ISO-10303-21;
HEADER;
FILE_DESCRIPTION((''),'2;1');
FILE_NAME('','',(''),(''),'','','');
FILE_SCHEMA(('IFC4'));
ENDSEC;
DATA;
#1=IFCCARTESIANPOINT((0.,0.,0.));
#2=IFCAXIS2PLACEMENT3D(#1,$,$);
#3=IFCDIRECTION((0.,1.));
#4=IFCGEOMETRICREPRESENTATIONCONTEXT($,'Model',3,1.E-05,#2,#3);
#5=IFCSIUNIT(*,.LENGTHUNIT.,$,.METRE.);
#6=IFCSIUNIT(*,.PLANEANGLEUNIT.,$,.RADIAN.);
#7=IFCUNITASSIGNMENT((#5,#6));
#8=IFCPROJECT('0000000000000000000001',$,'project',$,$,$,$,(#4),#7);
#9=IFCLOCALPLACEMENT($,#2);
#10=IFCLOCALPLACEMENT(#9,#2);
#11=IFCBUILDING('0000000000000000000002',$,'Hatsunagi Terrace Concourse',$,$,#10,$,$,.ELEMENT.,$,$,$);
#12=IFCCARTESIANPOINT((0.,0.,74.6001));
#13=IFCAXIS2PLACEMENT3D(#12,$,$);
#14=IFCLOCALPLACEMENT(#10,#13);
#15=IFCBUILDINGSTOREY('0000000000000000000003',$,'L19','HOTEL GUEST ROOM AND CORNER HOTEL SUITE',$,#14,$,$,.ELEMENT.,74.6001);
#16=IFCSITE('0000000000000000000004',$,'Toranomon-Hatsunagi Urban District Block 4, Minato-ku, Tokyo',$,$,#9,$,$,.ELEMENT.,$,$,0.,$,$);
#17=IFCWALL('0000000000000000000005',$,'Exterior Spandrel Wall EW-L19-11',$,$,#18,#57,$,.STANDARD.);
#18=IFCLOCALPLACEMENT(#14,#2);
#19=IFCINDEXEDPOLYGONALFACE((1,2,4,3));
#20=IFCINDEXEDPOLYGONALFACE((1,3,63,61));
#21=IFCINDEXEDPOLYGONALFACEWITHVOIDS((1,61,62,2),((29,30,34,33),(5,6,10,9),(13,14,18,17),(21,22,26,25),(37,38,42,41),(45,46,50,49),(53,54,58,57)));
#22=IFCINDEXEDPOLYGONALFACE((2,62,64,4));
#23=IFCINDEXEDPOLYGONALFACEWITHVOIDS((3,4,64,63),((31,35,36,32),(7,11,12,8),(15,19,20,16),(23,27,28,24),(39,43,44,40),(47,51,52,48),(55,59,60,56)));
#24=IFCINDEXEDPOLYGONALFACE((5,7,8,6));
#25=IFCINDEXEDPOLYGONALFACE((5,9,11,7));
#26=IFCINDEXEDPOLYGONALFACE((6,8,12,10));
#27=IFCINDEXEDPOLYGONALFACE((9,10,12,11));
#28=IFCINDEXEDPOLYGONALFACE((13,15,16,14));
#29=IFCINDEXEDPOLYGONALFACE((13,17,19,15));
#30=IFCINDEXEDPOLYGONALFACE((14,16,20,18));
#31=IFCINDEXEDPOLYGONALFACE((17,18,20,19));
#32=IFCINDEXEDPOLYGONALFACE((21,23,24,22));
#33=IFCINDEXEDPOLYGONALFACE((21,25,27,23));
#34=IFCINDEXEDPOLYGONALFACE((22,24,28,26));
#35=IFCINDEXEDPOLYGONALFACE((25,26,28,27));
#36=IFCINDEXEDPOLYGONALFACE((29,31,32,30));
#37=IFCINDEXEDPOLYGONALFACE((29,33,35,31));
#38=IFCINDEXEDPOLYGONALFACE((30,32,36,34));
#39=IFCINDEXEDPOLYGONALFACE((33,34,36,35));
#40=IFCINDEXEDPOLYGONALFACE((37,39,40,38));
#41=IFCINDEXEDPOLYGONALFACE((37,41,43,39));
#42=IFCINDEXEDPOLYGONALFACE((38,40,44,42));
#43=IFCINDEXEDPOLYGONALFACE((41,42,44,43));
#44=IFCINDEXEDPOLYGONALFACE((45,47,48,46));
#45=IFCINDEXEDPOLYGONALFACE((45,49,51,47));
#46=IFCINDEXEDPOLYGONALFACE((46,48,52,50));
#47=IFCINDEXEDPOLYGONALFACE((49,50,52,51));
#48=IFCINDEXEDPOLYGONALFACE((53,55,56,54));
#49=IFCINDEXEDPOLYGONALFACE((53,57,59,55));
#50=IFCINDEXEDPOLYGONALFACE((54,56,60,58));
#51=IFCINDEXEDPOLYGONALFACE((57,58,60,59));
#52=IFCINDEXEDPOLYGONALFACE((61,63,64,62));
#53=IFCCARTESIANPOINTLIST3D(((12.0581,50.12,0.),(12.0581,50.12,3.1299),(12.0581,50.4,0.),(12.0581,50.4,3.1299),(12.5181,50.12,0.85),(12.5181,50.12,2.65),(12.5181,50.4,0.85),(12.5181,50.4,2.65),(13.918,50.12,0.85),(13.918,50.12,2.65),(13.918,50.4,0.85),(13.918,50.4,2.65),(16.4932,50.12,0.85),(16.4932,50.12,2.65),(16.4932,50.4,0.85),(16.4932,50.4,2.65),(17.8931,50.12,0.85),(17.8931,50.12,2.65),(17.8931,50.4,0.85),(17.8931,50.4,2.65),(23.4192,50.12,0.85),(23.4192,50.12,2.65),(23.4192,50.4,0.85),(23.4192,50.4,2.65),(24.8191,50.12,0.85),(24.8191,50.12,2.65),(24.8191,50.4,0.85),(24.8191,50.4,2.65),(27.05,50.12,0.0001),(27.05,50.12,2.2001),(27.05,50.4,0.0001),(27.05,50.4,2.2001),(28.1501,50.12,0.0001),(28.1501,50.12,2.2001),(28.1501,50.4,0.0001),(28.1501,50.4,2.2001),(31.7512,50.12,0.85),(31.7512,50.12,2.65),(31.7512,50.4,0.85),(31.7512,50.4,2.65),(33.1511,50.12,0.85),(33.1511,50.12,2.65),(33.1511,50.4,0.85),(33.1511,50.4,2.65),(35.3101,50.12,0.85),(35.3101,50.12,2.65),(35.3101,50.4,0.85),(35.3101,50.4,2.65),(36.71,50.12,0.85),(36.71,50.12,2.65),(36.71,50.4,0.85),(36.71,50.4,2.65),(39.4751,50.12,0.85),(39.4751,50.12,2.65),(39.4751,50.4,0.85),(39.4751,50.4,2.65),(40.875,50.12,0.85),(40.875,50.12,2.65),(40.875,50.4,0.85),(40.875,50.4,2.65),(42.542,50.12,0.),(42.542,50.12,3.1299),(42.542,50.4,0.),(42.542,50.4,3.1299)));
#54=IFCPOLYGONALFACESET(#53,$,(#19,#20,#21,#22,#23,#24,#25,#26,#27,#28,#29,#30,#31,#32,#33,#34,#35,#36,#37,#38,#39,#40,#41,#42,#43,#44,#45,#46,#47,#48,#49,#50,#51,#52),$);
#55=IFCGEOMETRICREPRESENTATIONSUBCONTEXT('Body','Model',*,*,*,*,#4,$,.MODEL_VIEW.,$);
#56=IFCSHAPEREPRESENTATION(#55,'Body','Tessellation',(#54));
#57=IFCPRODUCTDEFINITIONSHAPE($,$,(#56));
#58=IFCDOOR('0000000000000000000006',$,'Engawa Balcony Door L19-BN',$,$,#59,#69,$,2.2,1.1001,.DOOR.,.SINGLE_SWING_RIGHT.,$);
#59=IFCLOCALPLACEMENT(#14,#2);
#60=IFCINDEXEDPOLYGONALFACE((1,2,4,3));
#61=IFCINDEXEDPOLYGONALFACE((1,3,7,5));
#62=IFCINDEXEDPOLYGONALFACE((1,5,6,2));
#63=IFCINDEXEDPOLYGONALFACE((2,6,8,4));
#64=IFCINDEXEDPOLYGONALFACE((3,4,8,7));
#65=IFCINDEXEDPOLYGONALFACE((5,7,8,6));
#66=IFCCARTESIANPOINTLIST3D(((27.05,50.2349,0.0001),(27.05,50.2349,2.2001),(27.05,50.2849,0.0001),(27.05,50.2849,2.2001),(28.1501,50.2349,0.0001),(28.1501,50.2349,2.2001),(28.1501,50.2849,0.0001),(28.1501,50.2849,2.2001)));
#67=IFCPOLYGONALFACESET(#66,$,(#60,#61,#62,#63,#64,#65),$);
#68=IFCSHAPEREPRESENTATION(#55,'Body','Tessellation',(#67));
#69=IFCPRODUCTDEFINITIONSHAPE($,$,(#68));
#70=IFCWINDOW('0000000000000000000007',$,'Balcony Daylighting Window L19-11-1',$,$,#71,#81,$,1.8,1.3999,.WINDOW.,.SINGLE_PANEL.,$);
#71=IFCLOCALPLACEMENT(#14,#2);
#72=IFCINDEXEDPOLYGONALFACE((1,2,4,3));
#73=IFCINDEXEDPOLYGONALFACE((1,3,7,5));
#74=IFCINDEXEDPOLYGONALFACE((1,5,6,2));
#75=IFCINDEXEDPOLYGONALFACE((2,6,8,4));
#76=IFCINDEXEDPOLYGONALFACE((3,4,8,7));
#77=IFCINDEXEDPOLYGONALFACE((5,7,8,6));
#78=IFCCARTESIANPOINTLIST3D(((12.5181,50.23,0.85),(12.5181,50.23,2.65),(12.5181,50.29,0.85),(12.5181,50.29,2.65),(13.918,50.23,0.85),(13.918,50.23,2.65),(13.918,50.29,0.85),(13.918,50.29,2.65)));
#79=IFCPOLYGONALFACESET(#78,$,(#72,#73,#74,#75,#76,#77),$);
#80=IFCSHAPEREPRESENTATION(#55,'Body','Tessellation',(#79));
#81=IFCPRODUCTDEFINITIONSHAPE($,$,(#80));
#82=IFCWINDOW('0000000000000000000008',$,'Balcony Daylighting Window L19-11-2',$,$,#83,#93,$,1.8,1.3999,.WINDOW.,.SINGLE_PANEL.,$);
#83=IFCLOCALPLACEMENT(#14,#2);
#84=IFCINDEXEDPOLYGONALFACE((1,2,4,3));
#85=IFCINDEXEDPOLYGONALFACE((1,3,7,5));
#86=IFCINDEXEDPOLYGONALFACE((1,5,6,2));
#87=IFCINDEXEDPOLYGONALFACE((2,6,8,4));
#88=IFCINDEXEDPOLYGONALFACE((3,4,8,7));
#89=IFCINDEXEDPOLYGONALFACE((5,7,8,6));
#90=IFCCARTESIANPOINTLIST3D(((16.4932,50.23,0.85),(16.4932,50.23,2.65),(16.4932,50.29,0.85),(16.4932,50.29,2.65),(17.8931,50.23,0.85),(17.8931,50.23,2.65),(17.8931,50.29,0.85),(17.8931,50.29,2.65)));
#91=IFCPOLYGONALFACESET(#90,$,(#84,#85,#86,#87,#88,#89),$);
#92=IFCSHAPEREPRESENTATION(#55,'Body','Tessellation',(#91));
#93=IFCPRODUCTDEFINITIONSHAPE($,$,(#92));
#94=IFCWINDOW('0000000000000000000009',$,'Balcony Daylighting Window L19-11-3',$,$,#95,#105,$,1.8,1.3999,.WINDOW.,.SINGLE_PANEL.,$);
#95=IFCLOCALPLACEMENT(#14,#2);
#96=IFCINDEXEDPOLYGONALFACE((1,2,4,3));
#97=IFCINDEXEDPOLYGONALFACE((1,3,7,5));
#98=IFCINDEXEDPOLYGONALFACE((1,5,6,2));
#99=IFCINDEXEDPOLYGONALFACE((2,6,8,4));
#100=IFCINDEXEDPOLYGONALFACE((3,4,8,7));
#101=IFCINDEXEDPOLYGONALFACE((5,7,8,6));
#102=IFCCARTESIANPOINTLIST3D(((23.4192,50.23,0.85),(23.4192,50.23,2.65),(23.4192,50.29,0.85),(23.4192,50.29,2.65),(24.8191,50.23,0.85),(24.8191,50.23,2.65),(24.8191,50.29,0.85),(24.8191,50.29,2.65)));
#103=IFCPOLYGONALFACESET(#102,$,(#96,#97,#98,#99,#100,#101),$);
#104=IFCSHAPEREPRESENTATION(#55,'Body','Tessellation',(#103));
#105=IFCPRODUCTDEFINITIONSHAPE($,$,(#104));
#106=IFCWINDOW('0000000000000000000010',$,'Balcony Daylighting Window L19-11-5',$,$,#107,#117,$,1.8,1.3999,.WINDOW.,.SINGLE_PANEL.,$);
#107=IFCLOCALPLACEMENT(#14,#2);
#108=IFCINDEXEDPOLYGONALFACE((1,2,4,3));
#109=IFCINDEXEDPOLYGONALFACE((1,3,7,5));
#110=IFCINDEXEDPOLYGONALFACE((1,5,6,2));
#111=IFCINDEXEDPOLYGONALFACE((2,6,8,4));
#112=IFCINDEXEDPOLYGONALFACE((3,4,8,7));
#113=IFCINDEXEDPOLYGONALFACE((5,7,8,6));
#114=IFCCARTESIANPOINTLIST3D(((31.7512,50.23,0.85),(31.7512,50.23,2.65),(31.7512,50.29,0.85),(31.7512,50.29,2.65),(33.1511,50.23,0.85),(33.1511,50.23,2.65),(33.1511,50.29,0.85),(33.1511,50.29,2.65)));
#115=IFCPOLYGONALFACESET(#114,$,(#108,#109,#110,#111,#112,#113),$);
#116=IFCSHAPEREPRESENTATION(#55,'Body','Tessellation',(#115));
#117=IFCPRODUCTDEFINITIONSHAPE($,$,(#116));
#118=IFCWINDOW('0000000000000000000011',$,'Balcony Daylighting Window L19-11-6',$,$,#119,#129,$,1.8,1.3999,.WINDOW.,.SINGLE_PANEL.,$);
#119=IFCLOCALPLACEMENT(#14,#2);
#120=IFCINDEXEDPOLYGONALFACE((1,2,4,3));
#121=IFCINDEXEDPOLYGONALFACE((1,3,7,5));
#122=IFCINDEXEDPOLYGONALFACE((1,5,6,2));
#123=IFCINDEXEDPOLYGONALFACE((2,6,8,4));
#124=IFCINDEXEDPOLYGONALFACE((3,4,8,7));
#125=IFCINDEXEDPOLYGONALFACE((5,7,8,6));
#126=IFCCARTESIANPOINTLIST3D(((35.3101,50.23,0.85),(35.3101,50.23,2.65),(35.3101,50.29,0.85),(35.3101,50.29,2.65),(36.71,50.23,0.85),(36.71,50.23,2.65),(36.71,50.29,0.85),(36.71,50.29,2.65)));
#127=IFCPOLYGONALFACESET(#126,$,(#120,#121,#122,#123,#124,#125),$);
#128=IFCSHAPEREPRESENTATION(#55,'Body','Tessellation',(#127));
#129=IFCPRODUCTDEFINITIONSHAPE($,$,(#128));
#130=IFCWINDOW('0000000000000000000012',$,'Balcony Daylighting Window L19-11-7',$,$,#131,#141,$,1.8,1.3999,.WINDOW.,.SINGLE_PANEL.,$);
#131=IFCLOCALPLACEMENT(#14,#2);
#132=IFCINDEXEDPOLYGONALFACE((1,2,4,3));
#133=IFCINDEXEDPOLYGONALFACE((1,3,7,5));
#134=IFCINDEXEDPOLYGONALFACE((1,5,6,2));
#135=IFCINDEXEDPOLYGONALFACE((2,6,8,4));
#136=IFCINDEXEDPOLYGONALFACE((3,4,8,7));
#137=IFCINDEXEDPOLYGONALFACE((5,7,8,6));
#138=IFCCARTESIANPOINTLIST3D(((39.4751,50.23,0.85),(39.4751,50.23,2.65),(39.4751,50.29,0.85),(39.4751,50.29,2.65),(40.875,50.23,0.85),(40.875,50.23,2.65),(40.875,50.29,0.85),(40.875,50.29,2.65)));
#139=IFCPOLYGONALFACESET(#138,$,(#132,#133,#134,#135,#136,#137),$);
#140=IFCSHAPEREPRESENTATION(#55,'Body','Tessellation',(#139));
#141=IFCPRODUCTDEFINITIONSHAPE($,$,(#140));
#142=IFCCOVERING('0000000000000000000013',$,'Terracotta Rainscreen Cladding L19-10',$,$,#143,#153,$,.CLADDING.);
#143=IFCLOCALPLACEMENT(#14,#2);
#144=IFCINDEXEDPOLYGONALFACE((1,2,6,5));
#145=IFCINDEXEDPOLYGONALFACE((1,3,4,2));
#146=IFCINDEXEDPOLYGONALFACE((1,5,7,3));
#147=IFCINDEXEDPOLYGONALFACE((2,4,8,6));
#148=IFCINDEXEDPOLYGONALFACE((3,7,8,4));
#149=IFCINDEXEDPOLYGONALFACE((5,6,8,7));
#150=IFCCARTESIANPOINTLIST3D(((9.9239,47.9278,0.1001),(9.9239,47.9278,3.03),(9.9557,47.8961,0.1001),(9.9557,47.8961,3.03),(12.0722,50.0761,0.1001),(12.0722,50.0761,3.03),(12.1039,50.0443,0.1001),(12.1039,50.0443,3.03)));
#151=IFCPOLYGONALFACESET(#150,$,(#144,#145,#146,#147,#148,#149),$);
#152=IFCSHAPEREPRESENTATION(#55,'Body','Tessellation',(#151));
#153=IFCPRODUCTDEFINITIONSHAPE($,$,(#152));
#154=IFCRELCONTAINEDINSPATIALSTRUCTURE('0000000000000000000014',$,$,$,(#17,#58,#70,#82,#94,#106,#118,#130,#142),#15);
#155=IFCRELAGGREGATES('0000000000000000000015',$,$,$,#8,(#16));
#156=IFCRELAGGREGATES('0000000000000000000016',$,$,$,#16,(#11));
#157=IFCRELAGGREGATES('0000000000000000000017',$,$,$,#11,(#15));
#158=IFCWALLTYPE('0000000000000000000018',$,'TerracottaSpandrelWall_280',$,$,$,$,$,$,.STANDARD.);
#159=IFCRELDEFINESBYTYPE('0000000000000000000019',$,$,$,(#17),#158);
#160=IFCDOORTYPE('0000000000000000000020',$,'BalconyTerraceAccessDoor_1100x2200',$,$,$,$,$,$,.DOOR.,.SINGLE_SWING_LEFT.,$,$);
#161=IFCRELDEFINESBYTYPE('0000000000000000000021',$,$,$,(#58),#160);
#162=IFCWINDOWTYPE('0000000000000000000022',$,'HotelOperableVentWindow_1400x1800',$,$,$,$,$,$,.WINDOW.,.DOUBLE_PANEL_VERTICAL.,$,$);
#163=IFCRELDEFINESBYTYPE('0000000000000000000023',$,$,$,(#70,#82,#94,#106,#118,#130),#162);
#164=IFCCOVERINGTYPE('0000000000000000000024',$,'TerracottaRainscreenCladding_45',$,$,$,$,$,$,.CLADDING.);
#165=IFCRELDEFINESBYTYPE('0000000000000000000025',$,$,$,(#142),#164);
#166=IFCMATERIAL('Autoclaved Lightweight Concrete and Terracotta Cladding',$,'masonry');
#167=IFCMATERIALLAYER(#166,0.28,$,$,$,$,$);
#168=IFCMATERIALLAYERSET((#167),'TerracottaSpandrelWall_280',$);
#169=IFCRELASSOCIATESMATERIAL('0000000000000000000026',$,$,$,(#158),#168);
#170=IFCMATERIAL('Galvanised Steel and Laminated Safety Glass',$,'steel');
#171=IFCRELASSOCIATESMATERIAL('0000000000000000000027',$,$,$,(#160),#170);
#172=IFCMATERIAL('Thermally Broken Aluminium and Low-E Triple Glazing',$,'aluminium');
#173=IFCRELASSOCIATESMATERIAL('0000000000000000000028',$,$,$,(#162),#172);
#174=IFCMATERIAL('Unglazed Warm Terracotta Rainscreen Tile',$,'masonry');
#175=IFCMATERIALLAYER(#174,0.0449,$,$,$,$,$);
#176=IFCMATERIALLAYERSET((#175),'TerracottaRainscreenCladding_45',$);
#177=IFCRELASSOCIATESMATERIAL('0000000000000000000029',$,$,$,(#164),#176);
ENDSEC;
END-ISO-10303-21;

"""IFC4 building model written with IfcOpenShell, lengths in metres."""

from ifc_helpers import new_model, si_unit, direction, frame, frame_2d, origin, origin_2d, place, context, subcontext, project, spatial, rectangle, extrude, material, layer, layer_set, type_object, element, fill, save


model = new_model("IFC4")

# Units and contexts
model_context = context("Model", 3, precision=1e-05, world=origin(), true_north=direction((0.0, 1.0)))
body_context = subcontext(model_context, "Body", "Model", "MODEL_VIEW")
ifc_project = project(units=[si_unit("LENGTHUNIT", "METRE"), si_unit("PLANEANGLEUNIT", "RADIAN")], contexts=[model_context])

# Site, building, storey
site_placement = place(None, origin())
site = spatial("IfcSite", under=ifc_project, at=site_placement, Name="Toranomon-Hatsunagi Urban District Block 4, Minato-ku, Tokyo", CompositionType="ELEMENT", RefElevation=0.0)
building_placement = place(site_placement, origin())
building = spatial("IfcBuilding", under=site, at=building_placement, Name="Hatsunagi Terrace Concourse", CompositionType="ELEMENT")
storey_placement = place(building_placement, frame((0.0, 0.0, 74.6001)))
storey = spatial("IfcBuildingStorey", under=building, at=storey_placement, Name="L19", Description="HOTEL GUEST ROOM AND CORNER HOTEL SUITE", CompositionType="ELEMENT", Elevation=74.6001)

# Shared definitions
ifc_material_1 = material(Name="Autoclaved Lightweight Concrete and Terracotta Cladding", Category="masonry")
ifc_layer_1 = layer(ifc_material_1, 0.28)
ifc_layer_set_1 = layer_set([ifc_layer_1], Name="TerracottaSpandrelWall_280")
wall_type_1 = type_object("IfcWallType", Name="TerracottaSpandrelWall_280", PredefinedType="STANDARD", material=ifc_layer_set_1)

# Wall, openings, door, windows
wall_1_placement = place(storey_placement, frame((12.0581, 50.26, 0.0), z_axis=(0.0, 0.0, 1.0), x_axis=(1.0, 0.0, 0.0)))
wall_1 = element("IfcWall", 1, at=wall_1_placement, inside=storey, type_object=wall_type_1, Name="Exterior Spandrel Wall EW-L19-11", PredefinedType="STANDARD", context=body_context, shape_type="SweptSolid", body=[
    extrude(rectangle(XDim=30.4839, YDim=0.28, at=frame_2d((15.2419, 0.0))), origin(), (0.0, 0.0, 1.0), 3.1299),
])
opening_1_placement = place(wall_1_placement, frame((14.9919, 0.0, 0.0)))
opening_1 = element("IfcOpeningElement", 2, at=opening_1_placement, cuts=wall_1, PredefinedType="OPENING", context=body_context, shape_type="SweptSolid", body=[
    extrude(rectangle(XDim=1.1001, YDim=2.2, at=frame_2d((0.55, 1.1001))), frame((0.0, 0.1499, 0.0), z_axis=(0.0, -1.0, 0.0), x_axis=(1.0, 0.0, 0.0)), (0.0, 0.0, 1.0), 0.3),
])
opening_2_placement = place(wall_1_placement, frame((0.46, 0.0, 0.8501)))
opening_2 = element("IfcOpeningElement", 3, at=opening_2_placement, cuts=wall_1, PredefinedType="OPENING", context=body_context, shape_type="SweptSolid", body=[
    extrude(rectangle(XDim=1.3999, YDim=1.8, at=frame_2d((0.7, 0.8999))), frame((0.0, 0.1499, 0.0), z_axis=(0.0, -1.0, 0.0), x_axis=(1.0, 0.0, 0.0)), (0.0, 0.0, 1.0), 0.3),
])
opening_3_placement = place(wall_1_placement, frame((4.4351, 0.0, 0.8501)))
opening_3 = element("IfcOpeningElement", 4, at=opening_3_placement, cuts=wall_1, PredefinedType="OPENING", context=body_context, shape_type="SweptSolid", body=[
    extrude(rectangle(XDim=1.3999, YDim=1.8, at=frame_2d((0.7, 0.8999))), frame((0.0, 0.1499, 0.0), z_axis=(0.0, -1.0, 0.0), x_axis=(1.0, 0.0, 0.0)), (0.0, 0.0, 1.0), 0.3),
])
opening_4_placement = place(wall_1_placement, frame((11.3611, 0.0, 0.8501)))
opening_4 = element("IfcOpeningElement", 5, at=opening_4_placement, cuts=wall_1, PredefinedType="OPENING", context=body_context, shape_type="SweptSolid", body=[
    extrude(rectangle(XDim=1.3999, YDim=1.8, at=frame_2d((0.7, 0.8999))), frame((0.0, 0.1499, 0.0), z_axis=(0.0, -1.0, 0.0), x_axis=(1.0, 0.0, 0.0)), (0.0, 0.0, 1.0), 0.3),
])
opening_5_placement = place(wall_1_placement, frame((19.6931, 0.0, 0.8501)))
opening_5 = element("IfcOpeningElement", 6, at=opening_5_placement, cuts=wall_1, PredefinedType="OPENING", context=body_context, shape_type="SweptSolid", body=[
    extrude(rectangle(XDim=1.3999, YDim=1.8, at=frame_2d((0.7, 0.8999))), frame((0.0, 0.1499, 0.0), z_axis=(0.0, -1.0, 0.0), x_axis=(1.0, 0.0, 0.0)), (0.0, 0.0, 1.0), 0.3),
])
opening_6_placement = place(wall_1_placement, frame((23.252, 0.0, 0.8501)))
opening_6 = element("IfcOpeningElement", 7, at=opening_6_placement, cuts=wall_1, PredefinedType="OPENING", context=body_context, shape_type="SweptSolid", body=[
    extrude(rectangle(XDim=1.3999, YDim=1.8, at=frame_2d((0.7, 0.8999))), frame((0.0, 0.1499, 0.0), z_axis=(0.0, -1.0, 0.0), x_axis=(1.0, 0.0, 0.0)), (0.0, 0.0, 1.0), 0.3),
])
opening_7_placement = place(wall_1_placement, frame((27.417, 0.0, 0.8501)))
opening_7 = element("IfcOpeningElement", 8, at=opening_7_placement, cuts=wall_1, PredefinedType="OPENING", context=body_context, shape_type="SweptSolid", body=[
    extrude(rectangle(XDim=1.3999, YDim=1.8, at=frame_2d((0.7, 0.8999))), frame((0.0, 0.1499, 0.0), z_axis=(0.0, -1.0, 0.0), x_axis=(1.0, 0.0, 0.0)), (0.0, 0.0, 1.0), 0.3),
])
ifc_material_2 = material(Name="Galvanised Steel and Laminated Safety Glass", Category="steel")
door_type = type_object("IfcDoorType", Name="BalconyTerraceAccessDoor_1100x2200", OperationType="SINGLE_SWING_LEFT", PredefinedType="DOOR", material=ifc_material_2)
door_placement = place(opening_1_placement, origin())
door = element("IfcDoor", 9, at=door_placement, inside=storey, type_object=door_type, Name="Engawa Balcony Door L19-BN", OperationType="SINGLE_SWING_RIGHT", OverallHeight=2.2, OverallWidth=1.1001, PredefinedType="DOOR", context=body_context, shape_type="SweptSolid", body=[
    extrude(rectangle(XDim=1.1001, YDim=2.2, at=frame_2d((0.55, 1.1001))), frame((0.0, 0.0249, 0.0), z_axis=(0.0, -1.0, 0.0), x_axis=(1.0, 0.0, 0.0)), (0.0, 0.0, 1.0), 0.05),
])
fill(opening_1, door)
ifc_material_3 = material(Name="Thermally Broken Aluminium and Low-E Triple Glazing", Category="aluminium")
window_type = type_object("IfcWindowType", Name="HotelOperableVentWindow_1400x1800", PartitioningType="DOUBLE_PANEL_VERTICAL", PredefinedType="WINDOW", material=ifc_material_3)
window_1_placement = place(opening_2_placement, origin())
window_1 = element("IfcWindow", 10, at=window_1_placement, inside=storey, type_object=window_type, Name="Balcony Daylighting Window L19-11-1", OverallHeight=1.8, OverallWidth=1.3999, PartitioningType="SINGLE_PANEL", PredefinedType="WINDOW", context=body_context, shape_type="SweptSolid", body=[
    extrude(rectangle(XDim=1.3999, YDim=1.8, at=frame_2d((0.7, 0.8999))), frame((0.0, 0.03, 0.0), z_axis=(0.0, -1.0, 0.0), x_axis=(1.0, 0.0, 0.0)), (0.0, 0.0, 1.0), 0.0601),
])
fill(opening_2, window_1)
window_2_placement = place(opening_3_placement, origin())
window_2 = element("IfcWindow", 11, at=window_2_placement, inside=storey, type_object=window_type, Name="Balcony Daylighting Window L19-11-2", OverallHeight=1.8, OverallWidth=1.3999, PartitioningType="SINGLE_PANEL", PredefinedType="WINDOW", context=body_context, shape_type="SweptSolid", body=[
    extrude(rectangle(XDim=1.3999, YDim=1.8, at=frame_2d((0.7, 0.8999))), frame((0.0, 0.03, 0.0), z_axis=(0.0, -1.0, 0.0), x_axis=(1.0, 0.0, 0.0)), (0.0, 0.0, 1.0), 0.0601),
])
fill(opening_3, window_2)
window_3_placement = place(opening_4_placement, origin())
window_3 = element("IfcWindow", 12, at=window_3_placement, inside=storey, type_object=window_type, Name="Balcony Daylighting Window L19-11-3", OverallHeight=1.8, OverallWidth=1.3999, PartitioningType="SINGLE_PANEL", PredefinedType="WINDOW", context=body_context, shape_type="SweptSolid", body=[
    extrude(rectangle(XDim=1.3999, YDim=1.8, at=frame_2d((0.7, 0.8999))), frame((0.0, 0.03, 0.0), z_axis=(0.0, -1.0, 0.0), x_axis=(1.0, 0.0, 0.0)), (0.0, 0.0, 1.0), 0.0601),
])
fill(opening_4, window_3)
window_4_placement = place(opening_5_placement, origin())
window_4 = element("IfcWindow", 13, at=window_4_placement, inside=storey, type_object=window_type, Name="Balcony Daylighting Window L19-11-5", OverallHeight=1.8, OverallWidth=1.3999, PartitioningType="SINGLE_PANEL", PredefinedType="WINDOW", context=body_context, shape_type="SweptSolid", body=[
    extrude(rectangle(XDim=1.3999, YDim=1.8, at=frame_2d((0.7, 0.8999))), frame((0.0, 0.03, 0.0), z_axis=(0.0, -1.0, 0.0), x_axis=(1.0, 0.0, 0.0)), (0.0, 0.0, 1.0), 0.0601),
])
fill(opening_5, window_4)
window_5_placement = place(opening_6_placement, origin())
window_5 = element("IfcWindow", 14, at=window_5_placement, inside=storey, type_object=window_type, Name="Balcony Daylighting Window L19-11-6", OverallHeight=1.8, OverallWidth=1.3999, PartitioningType="SINGLE_PANEL", PredefinedType="WINDOW", context=body_context, shape_type="SweptSolid", body=[
    extrude(rectangle(XDim=1.3999, YDim=1.8, at=frame_2d((0.7, 0.8999))), frame((0.0, 0.03, 0.0), z_axis=(0.0, -1.0, 0.0), x_axis=(1.0, 0.0, 0.0)), (0.0, 0.0, 1.0), 0.0601),
])
fill(opening_6, window_5)
window_6_placement = place(opening_7_placement, origin())
window_6 = element("IfcWindow", 15, at=window_6_placement, inside=storey, type_object=window_type, Name="Balcony Daylighting Window L19-11-7", OverallHeight=1.8, OverallWidth=1.3999, PartitioningType="SINGLE_PANEL", PredefinedType="WINDOW", context=body_context, shape_type="SweptSolid", body=[
    extrude(rectangle(XDim=1.3999, YDim=1.8, at=frame_2d((0.7, 0.8999))), frame((0.0, 0.03, 0.0), z_axis=(0.0, -1.0, 0.0), x_axis=(1.0, 0.0, 0.0)), (0.0, 0.0, 1.0), 0.0601),
])
fill(opening_7, window_6)

# Covering
ifc_material_4 = material(Name="Unglazed Warm Terracotta Rainscreen Tile", Category="masonry")
ifc_layer_2 = layer(ifc_material_4, 0.0449)
ifc_layer_set_2 = layer_set([ifc_layer_2], Name="TerracottaRainscreenCladding_45")
covering_type = type_object("IfcCoveringType", Name="TerracottaRainscreenCladding_45", PredefinedType="CLADDING", material=ifc_layer_set_2)
covering_placement = place(storey_placement, frame((11.0139, 48.9861, 0.1001), z_axis=(0.0, 0.0, 1.0), x_axis=(0.707107, 0.707107, 0.0)))
element("IfcCovering", 16, at=covering_placement, inside=storey, type_object=covering_type, Name="Terracotta Rainscreen Cladding L19-10", PredefinedType="CLADDING", context=body_context, shape_type="SweptSolid", body=[
    extrude(rectangle(XDim=3.0381, YDim=0.0449, at=origin_2d()), origin(), (0.0, 0.0, 1.0), 2.9299),
])

save(model, "model.ifc")
